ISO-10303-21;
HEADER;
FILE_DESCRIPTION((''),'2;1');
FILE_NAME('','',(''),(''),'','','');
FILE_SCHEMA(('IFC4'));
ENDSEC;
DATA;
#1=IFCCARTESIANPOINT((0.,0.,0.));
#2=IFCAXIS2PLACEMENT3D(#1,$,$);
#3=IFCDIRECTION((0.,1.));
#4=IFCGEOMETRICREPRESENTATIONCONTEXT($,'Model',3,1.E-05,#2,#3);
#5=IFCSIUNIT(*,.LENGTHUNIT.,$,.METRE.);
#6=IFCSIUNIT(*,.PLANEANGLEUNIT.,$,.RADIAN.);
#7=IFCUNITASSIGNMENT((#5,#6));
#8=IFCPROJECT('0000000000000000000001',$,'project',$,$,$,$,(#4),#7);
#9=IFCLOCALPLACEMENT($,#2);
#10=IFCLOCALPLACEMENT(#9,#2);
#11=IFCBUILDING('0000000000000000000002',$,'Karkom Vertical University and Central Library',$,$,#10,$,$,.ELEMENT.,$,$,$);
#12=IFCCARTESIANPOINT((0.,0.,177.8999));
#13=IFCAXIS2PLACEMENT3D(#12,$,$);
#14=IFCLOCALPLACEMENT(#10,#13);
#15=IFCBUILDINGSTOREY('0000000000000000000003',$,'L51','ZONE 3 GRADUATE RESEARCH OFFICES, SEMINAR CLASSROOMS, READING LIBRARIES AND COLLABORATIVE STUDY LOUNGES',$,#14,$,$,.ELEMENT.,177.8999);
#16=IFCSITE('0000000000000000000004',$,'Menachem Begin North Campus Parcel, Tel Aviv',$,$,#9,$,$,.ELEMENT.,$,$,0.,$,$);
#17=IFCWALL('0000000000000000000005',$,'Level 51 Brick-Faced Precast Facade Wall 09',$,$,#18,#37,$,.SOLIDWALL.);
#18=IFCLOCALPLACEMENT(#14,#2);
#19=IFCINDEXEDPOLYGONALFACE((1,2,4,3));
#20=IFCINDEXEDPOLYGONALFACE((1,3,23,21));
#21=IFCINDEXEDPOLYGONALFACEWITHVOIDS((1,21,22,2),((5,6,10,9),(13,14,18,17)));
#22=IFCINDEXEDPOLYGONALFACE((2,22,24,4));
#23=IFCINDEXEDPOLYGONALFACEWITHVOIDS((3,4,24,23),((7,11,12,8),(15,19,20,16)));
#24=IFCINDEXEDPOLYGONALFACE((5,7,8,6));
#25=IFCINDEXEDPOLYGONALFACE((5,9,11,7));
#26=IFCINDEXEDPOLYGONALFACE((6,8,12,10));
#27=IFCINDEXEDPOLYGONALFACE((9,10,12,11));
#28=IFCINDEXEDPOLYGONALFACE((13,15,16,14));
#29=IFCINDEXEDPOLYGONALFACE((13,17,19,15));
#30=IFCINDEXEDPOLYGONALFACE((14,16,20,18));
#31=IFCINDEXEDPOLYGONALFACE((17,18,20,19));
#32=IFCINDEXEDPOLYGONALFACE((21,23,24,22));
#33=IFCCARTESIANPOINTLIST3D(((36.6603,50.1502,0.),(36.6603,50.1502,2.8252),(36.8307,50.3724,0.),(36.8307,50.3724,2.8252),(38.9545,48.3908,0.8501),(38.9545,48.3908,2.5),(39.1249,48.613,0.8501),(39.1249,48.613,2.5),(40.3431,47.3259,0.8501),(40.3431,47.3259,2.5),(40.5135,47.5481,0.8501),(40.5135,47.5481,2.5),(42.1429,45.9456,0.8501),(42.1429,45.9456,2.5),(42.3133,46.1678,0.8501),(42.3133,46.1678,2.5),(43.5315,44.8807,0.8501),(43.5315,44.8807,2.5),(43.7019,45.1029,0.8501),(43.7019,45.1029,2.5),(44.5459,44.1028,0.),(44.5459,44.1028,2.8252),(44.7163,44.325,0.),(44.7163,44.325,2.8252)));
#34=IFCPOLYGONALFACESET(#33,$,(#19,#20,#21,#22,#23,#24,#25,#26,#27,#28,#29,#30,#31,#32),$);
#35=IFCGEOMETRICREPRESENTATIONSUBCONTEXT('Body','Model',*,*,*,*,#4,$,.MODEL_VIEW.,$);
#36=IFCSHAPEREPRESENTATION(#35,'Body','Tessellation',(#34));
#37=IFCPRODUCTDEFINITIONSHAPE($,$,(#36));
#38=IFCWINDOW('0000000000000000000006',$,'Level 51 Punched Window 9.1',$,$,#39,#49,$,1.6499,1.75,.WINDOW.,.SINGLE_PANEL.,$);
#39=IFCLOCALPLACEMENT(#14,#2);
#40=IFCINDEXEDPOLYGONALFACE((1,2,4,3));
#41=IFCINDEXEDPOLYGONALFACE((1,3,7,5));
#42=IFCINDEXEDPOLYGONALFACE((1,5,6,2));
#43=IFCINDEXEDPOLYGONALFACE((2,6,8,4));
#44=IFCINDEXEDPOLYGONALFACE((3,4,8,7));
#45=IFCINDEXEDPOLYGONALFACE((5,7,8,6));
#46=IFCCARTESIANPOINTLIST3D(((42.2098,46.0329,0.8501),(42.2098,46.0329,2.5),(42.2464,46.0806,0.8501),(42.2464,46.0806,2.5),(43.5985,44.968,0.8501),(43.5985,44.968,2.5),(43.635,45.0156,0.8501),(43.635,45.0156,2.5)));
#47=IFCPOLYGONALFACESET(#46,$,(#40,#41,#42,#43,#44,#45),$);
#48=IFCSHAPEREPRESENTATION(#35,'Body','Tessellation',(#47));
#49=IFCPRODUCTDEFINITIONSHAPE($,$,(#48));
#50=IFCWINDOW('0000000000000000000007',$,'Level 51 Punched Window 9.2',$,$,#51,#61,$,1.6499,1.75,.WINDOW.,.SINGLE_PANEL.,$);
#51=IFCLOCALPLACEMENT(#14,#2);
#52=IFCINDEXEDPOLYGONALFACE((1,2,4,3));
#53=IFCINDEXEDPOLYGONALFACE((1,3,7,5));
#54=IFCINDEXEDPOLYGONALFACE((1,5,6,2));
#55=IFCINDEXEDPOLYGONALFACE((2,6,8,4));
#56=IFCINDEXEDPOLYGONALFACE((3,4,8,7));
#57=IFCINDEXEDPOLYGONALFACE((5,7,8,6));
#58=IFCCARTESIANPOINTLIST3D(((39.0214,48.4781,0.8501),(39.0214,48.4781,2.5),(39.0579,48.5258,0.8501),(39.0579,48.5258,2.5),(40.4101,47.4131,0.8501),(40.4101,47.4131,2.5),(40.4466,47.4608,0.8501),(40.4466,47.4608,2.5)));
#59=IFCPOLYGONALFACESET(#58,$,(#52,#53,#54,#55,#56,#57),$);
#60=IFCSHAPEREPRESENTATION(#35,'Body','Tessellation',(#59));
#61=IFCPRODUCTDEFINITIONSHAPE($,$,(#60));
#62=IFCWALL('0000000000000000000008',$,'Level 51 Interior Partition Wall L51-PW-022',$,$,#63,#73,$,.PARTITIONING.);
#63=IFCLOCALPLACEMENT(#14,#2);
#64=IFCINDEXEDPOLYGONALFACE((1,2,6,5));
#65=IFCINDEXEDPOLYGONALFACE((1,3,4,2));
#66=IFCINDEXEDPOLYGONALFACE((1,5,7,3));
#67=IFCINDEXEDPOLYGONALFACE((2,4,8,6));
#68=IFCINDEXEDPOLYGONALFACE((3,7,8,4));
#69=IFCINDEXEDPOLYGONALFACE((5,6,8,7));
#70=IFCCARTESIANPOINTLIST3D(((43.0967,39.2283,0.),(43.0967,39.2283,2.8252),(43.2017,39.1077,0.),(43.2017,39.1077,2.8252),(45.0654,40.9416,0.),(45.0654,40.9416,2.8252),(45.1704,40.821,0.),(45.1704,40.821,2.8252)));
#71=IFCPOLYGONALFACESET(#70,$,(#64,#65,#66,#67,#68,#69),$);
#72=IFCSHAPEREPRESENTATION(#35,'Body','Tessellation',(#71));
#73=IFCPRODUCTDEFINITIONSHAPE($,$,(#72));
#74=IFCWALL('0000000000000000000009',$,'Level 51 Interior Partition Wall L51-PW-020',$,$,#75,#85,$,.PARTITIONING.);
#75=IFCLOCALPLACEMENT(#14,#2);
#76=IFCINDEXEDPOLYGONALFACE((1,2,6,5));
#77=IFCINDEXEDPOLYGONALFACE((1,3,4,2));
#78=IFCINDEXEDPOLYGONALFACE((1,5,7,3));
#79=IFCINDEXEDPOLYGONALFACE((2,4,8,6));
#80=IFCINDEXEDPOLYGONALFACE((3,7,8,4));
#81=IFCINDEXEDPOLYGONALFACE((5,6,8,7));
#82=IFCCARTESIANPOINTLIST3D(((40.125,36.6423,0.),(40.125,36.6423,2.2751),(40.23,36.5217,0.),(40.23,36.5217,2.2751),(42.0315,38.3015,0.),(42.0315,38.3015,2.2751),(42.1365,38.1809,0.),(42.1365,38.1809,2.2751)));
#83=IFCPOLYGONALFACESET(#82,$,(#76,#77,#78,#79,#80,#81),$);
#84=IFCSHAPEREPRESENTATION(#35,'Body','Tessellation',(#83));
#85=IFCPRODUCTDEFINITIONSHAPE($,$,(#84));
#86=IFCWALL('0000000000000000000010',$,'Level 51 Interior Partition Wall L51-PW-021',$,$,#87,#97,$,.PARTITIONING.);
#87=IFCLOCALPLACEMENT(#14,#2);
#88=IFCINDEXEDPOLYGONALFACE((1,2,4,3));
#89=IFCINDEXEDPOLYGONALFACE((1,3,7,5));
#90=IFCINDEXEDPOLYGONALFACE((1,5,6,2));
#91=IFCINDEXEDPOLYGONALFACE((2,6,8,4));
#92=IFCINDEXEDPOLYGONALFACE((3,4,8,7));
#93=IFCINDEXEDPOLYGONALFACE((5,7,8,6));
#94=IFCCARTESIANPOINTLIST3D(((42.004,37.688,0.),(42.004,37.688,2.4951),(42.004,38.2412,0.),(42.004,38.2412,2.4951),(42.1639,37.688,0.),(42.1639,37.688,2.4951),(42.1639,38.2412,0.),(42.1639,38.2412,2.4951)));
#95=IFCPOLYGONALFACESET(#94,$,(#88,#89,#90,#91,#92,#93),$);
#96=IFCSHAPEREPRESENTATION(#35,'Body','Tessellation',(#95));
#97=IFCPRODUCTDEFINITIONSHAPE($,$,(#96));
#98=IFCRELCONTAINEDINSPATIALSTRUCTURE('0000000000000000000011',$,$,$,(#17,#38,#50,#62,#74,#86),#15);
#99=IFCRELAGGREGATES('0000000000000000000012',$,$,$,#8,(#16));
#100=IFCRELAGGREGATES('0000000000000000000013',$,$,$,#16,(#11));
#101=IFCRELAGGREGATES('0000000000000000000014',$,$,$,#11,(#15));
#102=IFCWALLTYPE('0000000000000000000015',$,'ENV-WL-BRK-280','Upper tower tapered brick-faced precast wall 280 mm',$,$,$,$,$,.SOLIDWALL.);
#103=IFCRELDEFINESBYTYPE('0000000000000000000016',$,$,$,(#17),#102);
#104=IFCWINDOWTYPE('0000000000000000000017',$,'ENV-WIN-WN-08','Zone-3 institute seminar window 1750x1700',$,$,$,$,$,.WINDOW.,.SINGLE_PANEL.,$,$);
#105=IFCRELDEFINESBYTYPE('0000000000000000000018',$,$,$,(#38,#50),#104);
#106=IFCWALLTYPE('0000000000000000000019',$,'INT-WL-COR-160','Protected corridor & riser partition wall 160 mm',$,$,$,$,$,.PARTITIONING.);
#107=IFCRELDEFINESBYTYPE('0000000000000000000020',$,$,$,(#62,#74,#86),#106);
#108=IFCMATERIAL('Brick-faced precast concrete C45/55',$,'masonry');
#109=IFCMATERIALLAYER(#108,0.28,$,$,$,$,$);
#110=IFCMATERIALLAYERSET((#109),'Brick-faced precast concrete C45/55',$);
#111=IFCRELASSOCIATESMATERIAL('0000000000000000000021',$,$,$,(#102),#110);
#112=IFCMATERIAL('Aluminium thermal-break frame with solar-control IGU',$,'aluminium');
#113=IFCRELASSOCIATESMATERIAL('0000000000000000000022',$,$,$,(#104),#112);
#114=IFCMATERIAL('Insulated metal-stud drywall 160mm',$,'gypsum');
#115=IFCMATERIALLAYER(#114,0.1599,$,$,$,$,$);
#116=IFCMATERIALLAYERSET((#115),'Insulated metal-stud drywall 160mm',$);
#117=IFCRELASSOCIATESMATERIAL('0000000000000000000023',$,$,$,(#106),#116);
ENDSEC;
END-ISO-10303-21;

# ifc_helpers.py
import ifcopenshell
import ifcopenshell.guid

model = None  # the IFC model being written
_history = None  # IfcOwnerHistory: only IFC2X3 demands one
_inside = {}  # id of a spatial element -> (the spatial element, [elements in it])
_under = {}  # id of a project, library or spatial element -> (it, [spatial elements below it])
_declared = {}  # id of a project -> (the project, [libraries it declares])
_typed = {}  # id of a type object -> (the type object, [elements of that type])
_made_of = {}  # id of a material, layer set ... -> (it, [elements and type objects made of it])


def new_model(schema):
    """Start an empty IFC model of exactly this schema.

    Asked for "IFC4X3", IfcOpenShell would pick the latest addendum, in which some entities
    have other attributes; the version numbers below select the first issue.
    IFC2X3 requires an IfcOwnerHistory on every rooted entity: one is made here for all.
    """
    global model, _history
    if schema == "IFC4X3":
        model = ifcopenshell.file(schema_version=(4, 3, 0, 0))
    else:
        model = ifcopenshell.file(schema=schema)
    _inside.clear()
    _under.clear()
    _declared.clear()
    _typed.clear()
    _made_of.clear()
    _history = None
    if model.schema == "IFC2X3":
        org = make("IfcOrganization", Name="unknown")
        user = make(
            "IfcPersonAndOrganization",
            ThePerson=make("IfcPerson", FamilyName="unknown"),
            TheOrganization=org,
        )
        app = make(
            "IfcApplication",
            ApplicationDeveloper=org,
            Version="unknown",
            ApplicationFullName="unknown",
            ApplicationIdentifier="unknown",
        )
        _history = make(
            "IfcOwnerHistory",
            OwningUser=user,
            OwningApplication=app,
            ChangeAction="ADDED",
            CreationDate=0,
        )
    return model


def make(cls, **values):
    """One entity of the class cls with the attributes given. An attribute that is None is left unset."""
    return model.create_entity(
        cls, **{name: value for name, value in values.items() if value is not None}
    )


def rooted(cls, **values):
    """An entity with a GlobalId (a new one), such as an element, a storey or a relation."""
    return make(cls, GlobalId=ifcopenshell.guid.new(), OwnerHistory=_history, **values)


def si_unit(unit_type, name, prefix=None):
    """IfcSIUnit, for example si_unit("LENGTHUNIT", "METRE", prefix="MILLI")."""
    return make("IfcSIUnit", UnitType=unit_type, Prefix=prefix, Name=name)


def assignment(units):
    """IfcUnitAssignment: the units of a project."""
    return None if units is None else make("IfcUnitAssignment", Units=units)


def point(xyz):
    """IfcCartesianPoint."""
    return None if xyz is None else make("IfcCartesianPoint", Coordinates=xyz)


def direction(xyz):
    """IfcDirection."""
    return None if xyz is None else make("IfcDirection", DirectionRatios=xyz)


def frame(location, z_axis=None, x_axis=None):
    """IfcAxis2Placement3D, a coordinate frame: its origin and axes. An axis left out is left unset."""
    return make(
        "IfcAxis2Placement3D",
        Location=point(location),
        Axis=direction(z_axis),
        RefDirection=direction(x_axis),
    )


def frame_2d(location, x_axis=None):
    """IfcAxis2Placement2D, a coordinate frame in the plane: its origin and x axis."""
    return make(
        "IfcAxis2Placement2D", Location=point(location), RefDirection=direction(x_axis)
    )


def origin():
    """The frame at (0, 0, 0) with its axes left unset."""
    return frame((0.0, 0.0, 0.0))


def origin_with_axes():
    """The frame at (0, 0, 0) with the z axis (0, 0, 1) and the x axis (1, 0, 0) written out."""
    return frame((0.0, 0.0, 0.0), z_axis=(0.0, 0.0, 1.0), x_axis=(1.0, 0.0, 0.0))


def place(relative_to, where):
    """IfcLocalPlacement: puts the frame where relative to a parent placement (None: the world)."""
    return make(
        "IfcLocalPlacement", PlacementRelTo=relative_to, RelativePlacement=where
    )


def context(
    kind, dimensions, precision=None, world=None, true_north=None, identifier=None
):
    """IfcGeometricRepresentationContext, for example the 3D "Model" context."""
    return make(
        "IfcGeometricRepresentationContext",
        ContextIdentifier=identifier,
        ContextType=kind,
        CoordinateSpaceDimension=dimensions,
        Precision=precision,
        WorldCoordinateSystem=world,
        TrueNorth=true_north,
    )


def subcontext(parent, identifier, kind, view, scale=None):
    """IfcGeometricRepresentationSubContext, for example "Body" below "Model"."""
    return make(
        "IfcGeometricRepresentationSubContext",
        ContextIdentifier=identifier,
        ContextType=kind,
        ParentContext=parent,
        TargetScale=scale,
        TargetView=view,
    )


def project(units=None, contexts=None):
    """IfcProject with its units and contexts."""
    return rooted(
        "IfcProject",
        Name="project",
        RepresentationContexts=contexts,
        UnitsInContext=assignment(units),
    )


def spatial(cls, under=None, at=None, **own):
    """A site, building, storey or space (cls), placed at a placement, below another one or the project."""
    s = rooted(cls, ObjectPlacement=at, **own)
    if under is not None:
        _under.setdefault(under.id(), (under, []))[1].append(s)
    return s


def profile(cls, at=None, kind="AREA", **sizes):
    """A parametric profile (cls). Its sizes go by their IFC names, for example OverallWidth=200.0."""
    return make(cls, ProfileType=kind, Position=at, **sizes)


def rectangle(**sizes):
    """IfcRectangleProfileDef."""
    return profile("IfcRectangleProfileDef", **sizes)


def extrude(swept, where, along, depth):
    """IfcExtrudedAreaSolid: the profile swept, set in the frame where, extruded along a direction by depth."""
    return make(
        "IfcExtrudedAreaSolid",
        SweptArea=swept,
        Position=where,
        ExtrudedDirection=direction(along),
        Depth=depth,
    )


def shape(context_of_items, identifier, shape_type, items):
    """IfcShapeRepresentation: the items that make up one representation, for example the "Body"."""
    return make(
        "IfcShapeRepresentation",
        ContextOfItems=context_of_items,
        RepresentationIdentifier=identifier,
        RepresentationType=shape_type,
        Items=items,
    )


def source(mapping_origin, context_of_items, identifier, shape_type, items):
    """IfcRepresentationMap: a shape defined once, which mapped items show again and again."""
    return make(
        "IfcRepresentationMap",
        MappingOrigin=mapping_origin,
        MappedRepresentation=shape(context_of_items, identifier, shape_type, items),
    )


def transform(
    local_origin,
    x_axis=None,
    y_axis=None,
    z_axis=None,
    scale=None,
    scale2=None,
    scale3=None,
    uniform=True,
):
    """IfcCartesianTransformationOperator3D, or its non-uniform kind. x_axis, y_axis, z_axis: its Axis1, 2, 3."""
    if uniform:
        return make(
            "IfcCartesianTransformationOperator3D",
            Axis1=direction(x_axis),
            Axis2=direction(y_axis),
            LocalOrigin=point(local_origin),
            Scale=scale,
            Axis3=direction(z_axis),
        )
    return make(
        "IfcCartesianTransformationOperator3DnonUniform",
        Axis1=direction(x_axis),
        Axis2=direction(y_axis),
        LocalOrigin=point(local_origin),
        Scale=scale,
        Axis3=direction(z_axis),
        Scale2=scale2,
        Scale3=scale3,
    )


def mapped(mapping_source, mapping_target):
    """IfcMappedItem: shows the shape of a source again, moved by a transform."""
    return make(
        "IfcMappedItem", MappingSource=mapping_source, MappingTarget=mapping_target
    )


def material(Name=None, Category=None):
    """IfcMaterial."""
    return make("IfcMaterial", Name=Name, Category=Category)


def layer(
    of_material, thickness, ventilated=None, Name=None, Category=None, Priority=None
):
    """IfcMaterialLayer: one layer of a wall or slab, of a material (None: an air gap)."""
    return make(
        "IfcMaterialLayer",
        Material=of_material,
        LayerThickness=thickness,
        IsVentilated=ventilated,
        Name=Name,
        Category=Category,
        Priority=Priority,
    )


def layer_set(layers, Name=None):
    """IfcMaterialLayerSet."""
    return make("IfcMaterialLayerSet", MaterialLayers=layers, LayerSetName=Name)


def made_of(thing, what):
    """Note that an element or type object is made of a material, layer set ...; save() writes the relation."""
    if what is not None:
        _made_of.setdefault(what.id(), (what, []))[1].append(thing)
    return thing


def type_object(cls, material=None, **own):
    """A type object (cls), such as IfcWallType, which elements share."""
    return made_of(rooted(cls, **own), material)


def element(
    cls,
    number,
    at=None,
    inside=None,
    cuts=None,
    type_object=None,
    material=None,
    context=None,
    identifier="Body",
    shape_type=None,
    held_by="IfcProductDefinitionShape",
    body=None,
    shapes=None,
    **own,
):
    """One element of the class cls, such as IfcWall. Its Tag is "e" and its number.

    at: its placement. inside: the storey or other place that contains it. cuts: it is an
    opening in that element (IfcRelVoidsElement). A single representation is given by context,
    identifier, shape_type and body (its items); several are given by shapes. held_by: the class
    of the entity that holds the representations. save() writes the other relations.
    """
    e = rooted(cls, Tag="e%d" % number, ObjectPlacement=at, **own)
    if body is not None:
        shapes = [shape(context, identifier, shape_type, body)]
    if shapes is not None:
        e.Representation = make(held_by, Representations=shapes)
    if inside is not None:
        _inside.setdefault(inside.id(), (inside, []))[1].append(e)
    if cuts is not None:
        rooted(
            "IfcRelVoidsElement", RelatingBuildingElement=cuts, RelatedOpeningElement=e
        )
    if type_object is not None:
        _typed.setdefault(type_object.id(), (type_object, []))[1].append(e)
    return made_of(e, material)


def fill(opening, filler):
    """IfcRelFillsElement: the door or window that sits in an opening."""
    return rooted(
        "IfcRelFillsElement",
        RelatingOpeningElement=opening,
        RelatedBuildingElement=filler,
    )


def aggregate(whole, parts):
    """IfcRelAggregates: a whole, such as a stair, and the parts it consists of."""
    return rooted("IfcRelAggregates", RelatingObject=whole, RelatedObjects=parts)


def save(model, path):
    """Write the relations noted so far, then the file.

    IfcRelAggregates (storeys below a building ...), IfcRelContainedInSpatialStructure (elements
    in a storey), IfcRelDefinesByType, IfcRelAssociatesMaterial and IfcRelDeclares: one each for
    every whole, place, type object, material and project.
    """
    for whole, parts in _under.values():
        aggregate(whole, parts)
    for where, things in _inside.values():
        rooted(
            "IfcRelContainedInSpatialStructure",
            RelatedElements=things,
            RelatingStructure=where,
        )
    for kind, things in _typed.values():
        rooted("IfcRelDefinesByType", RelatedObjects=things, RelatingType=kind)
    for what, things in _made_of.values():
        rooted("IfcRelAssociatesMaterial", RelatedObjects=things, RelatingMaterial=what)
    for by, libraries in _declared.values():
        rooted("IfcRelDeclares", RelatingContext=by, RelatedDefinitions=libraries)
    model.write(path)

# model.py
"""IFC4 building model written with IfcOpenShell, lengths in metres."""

from ifc_helpers import new_model, si_unit, direction, frame, frame_2d, origin, origin_with_axes, place, context, subcontext, project, spatial, rectangle, extrude, source, transform, mapped, material, layer, layer_set, type_object, element, fill, save


model = new_model("IFC4")

# Units and contexts
model_context = context("Model", 3, precision=1e-05, world=origin(), true_north=direction((0.0, 1.0)))
body_context = subcontext(model_context, "Body", "Model", "MODEL_VIEW")
ifc_project = project(units=[si_unit("LENGTHUNIT", "METRE"), si_unit("PLANEANGLEUNIT", "RADIAN")], contexts=[model_context])

# Site, building, storey
site_placement = place(None, origin())
site = spatial("IfcSite", under=ifc_project, at=site_placement, Name="Menachem Begin North Campus Parcel, Tel Aviv", CompositionType="ELEMENT", RefElevation=0.0)
building_placement = place(site_placement, origin())
building = spatial("IfcBuilding", under=site, at=building_placement, Name="Karkom Vertical University and Central Library", CompositionType="ELEMENT")
storey_placement = place(building_placement, frame((0.0, 0.0, 177.8999)))
storey = spatial("IfcBuildingStorey", under=building, at=storey_placement, Name="L51", Description="ZONE 3 GRADUATE RESEARCH OFFICES, SEMINAR CLASSROOMS, READING LIBRARIES AND COLLABORATIVE STUDY LOUNGES", CompositionType="ELEMENT", Elevation=177.8999)

# Wall, openings, windows
ifc_material_1 = material(Name="Brick-faced precast concrete C45/55", Category="masonry")
ifc_layer_1 = layer(ifc_material_1, 0.28)
ifc_layer_set_1 = layer_set([ifc_layer_1], Name="Brick-faced precast concrete C45/55")
wall_type_1 = type_object("IfcWallType", Name="ENV-WL-BRK-280", Description="Upper tower tapered brick-faced precast wall 280 mm", PredefinedType="SOLIDWALL", material=ifc_layer_set_1)
wall_1_placement = place(storey_placement, frame((44.6311, 44.2139, 0.0), z_axis=(0.0, 0.0, 1.0), x_axis=(-0.793518, 0.608547, 0.0)))
wall_1 = element("IfcWall", 1, at=wall_1_placement, inside=storey, type_object=wall_type_1, Name="Level 51 Brick-Faced Precast Facade Wall 09", PredefinedType="SOLIDWALL", context=body_context, shape_type="SweptSolid", body=[
    extrude(rectangle(XDim=9.9375, YDim=0.28, at=frame_2d((4.9688, 0.0))), origin(), (0.0, 0.0, 1.0), 2.8252),
])
opening_1_placement = place(wall_1_placement, frame((1.2783, 0.0, 0.8501)))
opening_1 = element("IfcOpeningElement", 2, at=opening_1_placement, cuts=wall_1, PredefinedType="OPENING", context=body_context, shape_type="SweptSolid", body=[
    extrude(rectangle(XDim=1.75, YDim=1.6499, at=frame_2d((0.875, 0.825))), frame((0.0, 0.1499, 0.0), z_axis=(0.0, -1.0, 0.0), x_axis=(1.0, 0.0, 0.0)), (0.0, 0.0, 1.0), 0.3),
])
opening_2_placement = place(wall_1_placement, frame((5.2964, 0.0, 0.8501)))
opening_2 = element("IfcOpeningElement", 3, at=opening_2_placement, cuts=wall_1, PredefinedType="OPENING", context=body_context, shape_type="SweptSolid", body=[
    extrude(rectangle(XDim=1.75, YDim=1.6499, at=frame_2d((0.875, 0.825))), frame((0.0, 0.1499, 0.0), z_axis=(0.0, -1.0, 0.0), x_axis=(1.0, 0.0, 0.0)), (0.0, 0.0, 1.0), 0.3),
])
ifc_material_2 = material(Name="Aluminium thermal-break frame with solar-control IGU", Category="aluminium")
window_type = type_object("IfcWindowType", Name="ENV-WIN-WN-08", Description="Zone-3 institute seminar window 1750x1700", PartitioningType="SINGLE_PANEL", PredefinedType="WINDOW", material=ifc_material_2)
shared_shape_1 = source(origin_with_axes(), body_context, "Body", "SweptSolid", [
    extrude(rectangle(XDim=1.75, YDim=1.6499, at=frame_2d((0.875, 0.825))), frame((0.0, 0.03, 0.0), z_axis=(0.0, -1.0, 0.0), x_axis=(1.0, 0.0, 0.0)), (0.0, 0.0, 1.0), 0.0601),
])
window_1_placement = place(opening_1_placement, origin())
window_1 = element("IfcWindow", 4, at=window_1_placement, inside=storey, type_object=window_type, Name="Level 51 Punched Window 9.1", OverallHeight=1.6499, OverallWidth=1.75, PartitioningType="SINGLE_PANEL", PredefinedType="WINDOW", context=body_context, shape_type="MappedRepresentation", body=[
    mapped(shared_shape_1, transform((0.0, 0.0, 0.0), scale=1.0)),
])
fill(opening_1, window_1)
window_2_placement = place(opening_2_placement, origin())
window_2 = element("IfcWindow", 5, at=window_2_placement, inside=storey, type_object=window_type, Name="Level 51 Punched Window 9.2", OverallHeight=1.6499, OverallWidth=1.75, PartitioningType="SINGLE_PANEL", PredefinedType="WINDOW", context=body_context, shape_type="MappedRepresentation", body=[
    mapped(shared_shape_1, transform((0.0, 0.0, 0.0), scale=1.0)),
])
fill(opening_2, window_2)

# Shared definitions
ifc_material_3 = material(Name="Insulated metal-stud drywall 160mm", Category="gypsum")
ifc_layer_2 = layer(ifc_material_3, 0.1599)
ifc_layer_set_2 = layer_set([ifc_layer_2], Name="Insulated metal-stud drywall 160mm")
wall_type_2 = type_object("IfcWallType", Name="INT-WL-COR-160", Description="Protected corridor & riser partition wall 160 mm", PredefinedType="PARTITIONING", material=ifc_layer_set_2)

# Walls
wall_2_placement = place(storey_placement, frame((43.1492, 39.168, 0.0), z_axis=(0.0, 0.0, 1.0), x_axis=(0.754336, 0.656489, 0.0)))
element("IfcWall", 6, at=wall_2_placement, inside=storey, type_object=wall_type_2, Name="Level 51 Interior Partition Wall L51-PW-022", PredefinedType="PARTITIONING", context=body_context, shape_type="SweptSolid", body=[
    extrude(rectangle(XDim=2.6099, YDim=0.1599, at=frame_2d((1.3049, 0.0))), origin(), (0.0, 0.0, 1.0), 2.8252),
])
wall_3_placement = place(storey_placement, frame((40.1775, 36.582, 0.0), z_axis=(0.0, 0.0, 1.0), x_axis=(0.754339, 0.656485, 0.0)))
element("IfcWall", 7, at=wall_3_placement, inside=storey, type_object=wall_type_2, Name="Level 51 Interior Partition Wall L51-PW-020", PredefinedType="PARTITIONING", context=body_context, shape_type="SweptSolid", body=[
    extrude(rectangle(XDim=2.5273, YDim=0.1599, at=frame_2d((1.2637, 0.0))), origin(), (0.0, 0.0, 1.0), 2.2751),
])
wall_4_placement = place(storey_placement, frame((42.084, 38.2412, 0.0), z_axis=(0.0, 0.0, 1.0), x_axis=(0.0, -1.0, 0.0)))
element("IfcWall", 8, at=wall_4_placement, inside=storey, type_object=wall_type_2, Name="Level 51 Interior Partition Wall L51-PW-021", PredefinedType="PARTITIONING", context=body_context, shape_type="SweptSolid", body=[
    extrude(rectangle(XDim=0.5532, YDim=0.1599, at=frame_2d((0.2766, 0.0))), origin(), (0.0, 0.0, 1.0), 2.4951),
])

save(model, "model.ifc")
